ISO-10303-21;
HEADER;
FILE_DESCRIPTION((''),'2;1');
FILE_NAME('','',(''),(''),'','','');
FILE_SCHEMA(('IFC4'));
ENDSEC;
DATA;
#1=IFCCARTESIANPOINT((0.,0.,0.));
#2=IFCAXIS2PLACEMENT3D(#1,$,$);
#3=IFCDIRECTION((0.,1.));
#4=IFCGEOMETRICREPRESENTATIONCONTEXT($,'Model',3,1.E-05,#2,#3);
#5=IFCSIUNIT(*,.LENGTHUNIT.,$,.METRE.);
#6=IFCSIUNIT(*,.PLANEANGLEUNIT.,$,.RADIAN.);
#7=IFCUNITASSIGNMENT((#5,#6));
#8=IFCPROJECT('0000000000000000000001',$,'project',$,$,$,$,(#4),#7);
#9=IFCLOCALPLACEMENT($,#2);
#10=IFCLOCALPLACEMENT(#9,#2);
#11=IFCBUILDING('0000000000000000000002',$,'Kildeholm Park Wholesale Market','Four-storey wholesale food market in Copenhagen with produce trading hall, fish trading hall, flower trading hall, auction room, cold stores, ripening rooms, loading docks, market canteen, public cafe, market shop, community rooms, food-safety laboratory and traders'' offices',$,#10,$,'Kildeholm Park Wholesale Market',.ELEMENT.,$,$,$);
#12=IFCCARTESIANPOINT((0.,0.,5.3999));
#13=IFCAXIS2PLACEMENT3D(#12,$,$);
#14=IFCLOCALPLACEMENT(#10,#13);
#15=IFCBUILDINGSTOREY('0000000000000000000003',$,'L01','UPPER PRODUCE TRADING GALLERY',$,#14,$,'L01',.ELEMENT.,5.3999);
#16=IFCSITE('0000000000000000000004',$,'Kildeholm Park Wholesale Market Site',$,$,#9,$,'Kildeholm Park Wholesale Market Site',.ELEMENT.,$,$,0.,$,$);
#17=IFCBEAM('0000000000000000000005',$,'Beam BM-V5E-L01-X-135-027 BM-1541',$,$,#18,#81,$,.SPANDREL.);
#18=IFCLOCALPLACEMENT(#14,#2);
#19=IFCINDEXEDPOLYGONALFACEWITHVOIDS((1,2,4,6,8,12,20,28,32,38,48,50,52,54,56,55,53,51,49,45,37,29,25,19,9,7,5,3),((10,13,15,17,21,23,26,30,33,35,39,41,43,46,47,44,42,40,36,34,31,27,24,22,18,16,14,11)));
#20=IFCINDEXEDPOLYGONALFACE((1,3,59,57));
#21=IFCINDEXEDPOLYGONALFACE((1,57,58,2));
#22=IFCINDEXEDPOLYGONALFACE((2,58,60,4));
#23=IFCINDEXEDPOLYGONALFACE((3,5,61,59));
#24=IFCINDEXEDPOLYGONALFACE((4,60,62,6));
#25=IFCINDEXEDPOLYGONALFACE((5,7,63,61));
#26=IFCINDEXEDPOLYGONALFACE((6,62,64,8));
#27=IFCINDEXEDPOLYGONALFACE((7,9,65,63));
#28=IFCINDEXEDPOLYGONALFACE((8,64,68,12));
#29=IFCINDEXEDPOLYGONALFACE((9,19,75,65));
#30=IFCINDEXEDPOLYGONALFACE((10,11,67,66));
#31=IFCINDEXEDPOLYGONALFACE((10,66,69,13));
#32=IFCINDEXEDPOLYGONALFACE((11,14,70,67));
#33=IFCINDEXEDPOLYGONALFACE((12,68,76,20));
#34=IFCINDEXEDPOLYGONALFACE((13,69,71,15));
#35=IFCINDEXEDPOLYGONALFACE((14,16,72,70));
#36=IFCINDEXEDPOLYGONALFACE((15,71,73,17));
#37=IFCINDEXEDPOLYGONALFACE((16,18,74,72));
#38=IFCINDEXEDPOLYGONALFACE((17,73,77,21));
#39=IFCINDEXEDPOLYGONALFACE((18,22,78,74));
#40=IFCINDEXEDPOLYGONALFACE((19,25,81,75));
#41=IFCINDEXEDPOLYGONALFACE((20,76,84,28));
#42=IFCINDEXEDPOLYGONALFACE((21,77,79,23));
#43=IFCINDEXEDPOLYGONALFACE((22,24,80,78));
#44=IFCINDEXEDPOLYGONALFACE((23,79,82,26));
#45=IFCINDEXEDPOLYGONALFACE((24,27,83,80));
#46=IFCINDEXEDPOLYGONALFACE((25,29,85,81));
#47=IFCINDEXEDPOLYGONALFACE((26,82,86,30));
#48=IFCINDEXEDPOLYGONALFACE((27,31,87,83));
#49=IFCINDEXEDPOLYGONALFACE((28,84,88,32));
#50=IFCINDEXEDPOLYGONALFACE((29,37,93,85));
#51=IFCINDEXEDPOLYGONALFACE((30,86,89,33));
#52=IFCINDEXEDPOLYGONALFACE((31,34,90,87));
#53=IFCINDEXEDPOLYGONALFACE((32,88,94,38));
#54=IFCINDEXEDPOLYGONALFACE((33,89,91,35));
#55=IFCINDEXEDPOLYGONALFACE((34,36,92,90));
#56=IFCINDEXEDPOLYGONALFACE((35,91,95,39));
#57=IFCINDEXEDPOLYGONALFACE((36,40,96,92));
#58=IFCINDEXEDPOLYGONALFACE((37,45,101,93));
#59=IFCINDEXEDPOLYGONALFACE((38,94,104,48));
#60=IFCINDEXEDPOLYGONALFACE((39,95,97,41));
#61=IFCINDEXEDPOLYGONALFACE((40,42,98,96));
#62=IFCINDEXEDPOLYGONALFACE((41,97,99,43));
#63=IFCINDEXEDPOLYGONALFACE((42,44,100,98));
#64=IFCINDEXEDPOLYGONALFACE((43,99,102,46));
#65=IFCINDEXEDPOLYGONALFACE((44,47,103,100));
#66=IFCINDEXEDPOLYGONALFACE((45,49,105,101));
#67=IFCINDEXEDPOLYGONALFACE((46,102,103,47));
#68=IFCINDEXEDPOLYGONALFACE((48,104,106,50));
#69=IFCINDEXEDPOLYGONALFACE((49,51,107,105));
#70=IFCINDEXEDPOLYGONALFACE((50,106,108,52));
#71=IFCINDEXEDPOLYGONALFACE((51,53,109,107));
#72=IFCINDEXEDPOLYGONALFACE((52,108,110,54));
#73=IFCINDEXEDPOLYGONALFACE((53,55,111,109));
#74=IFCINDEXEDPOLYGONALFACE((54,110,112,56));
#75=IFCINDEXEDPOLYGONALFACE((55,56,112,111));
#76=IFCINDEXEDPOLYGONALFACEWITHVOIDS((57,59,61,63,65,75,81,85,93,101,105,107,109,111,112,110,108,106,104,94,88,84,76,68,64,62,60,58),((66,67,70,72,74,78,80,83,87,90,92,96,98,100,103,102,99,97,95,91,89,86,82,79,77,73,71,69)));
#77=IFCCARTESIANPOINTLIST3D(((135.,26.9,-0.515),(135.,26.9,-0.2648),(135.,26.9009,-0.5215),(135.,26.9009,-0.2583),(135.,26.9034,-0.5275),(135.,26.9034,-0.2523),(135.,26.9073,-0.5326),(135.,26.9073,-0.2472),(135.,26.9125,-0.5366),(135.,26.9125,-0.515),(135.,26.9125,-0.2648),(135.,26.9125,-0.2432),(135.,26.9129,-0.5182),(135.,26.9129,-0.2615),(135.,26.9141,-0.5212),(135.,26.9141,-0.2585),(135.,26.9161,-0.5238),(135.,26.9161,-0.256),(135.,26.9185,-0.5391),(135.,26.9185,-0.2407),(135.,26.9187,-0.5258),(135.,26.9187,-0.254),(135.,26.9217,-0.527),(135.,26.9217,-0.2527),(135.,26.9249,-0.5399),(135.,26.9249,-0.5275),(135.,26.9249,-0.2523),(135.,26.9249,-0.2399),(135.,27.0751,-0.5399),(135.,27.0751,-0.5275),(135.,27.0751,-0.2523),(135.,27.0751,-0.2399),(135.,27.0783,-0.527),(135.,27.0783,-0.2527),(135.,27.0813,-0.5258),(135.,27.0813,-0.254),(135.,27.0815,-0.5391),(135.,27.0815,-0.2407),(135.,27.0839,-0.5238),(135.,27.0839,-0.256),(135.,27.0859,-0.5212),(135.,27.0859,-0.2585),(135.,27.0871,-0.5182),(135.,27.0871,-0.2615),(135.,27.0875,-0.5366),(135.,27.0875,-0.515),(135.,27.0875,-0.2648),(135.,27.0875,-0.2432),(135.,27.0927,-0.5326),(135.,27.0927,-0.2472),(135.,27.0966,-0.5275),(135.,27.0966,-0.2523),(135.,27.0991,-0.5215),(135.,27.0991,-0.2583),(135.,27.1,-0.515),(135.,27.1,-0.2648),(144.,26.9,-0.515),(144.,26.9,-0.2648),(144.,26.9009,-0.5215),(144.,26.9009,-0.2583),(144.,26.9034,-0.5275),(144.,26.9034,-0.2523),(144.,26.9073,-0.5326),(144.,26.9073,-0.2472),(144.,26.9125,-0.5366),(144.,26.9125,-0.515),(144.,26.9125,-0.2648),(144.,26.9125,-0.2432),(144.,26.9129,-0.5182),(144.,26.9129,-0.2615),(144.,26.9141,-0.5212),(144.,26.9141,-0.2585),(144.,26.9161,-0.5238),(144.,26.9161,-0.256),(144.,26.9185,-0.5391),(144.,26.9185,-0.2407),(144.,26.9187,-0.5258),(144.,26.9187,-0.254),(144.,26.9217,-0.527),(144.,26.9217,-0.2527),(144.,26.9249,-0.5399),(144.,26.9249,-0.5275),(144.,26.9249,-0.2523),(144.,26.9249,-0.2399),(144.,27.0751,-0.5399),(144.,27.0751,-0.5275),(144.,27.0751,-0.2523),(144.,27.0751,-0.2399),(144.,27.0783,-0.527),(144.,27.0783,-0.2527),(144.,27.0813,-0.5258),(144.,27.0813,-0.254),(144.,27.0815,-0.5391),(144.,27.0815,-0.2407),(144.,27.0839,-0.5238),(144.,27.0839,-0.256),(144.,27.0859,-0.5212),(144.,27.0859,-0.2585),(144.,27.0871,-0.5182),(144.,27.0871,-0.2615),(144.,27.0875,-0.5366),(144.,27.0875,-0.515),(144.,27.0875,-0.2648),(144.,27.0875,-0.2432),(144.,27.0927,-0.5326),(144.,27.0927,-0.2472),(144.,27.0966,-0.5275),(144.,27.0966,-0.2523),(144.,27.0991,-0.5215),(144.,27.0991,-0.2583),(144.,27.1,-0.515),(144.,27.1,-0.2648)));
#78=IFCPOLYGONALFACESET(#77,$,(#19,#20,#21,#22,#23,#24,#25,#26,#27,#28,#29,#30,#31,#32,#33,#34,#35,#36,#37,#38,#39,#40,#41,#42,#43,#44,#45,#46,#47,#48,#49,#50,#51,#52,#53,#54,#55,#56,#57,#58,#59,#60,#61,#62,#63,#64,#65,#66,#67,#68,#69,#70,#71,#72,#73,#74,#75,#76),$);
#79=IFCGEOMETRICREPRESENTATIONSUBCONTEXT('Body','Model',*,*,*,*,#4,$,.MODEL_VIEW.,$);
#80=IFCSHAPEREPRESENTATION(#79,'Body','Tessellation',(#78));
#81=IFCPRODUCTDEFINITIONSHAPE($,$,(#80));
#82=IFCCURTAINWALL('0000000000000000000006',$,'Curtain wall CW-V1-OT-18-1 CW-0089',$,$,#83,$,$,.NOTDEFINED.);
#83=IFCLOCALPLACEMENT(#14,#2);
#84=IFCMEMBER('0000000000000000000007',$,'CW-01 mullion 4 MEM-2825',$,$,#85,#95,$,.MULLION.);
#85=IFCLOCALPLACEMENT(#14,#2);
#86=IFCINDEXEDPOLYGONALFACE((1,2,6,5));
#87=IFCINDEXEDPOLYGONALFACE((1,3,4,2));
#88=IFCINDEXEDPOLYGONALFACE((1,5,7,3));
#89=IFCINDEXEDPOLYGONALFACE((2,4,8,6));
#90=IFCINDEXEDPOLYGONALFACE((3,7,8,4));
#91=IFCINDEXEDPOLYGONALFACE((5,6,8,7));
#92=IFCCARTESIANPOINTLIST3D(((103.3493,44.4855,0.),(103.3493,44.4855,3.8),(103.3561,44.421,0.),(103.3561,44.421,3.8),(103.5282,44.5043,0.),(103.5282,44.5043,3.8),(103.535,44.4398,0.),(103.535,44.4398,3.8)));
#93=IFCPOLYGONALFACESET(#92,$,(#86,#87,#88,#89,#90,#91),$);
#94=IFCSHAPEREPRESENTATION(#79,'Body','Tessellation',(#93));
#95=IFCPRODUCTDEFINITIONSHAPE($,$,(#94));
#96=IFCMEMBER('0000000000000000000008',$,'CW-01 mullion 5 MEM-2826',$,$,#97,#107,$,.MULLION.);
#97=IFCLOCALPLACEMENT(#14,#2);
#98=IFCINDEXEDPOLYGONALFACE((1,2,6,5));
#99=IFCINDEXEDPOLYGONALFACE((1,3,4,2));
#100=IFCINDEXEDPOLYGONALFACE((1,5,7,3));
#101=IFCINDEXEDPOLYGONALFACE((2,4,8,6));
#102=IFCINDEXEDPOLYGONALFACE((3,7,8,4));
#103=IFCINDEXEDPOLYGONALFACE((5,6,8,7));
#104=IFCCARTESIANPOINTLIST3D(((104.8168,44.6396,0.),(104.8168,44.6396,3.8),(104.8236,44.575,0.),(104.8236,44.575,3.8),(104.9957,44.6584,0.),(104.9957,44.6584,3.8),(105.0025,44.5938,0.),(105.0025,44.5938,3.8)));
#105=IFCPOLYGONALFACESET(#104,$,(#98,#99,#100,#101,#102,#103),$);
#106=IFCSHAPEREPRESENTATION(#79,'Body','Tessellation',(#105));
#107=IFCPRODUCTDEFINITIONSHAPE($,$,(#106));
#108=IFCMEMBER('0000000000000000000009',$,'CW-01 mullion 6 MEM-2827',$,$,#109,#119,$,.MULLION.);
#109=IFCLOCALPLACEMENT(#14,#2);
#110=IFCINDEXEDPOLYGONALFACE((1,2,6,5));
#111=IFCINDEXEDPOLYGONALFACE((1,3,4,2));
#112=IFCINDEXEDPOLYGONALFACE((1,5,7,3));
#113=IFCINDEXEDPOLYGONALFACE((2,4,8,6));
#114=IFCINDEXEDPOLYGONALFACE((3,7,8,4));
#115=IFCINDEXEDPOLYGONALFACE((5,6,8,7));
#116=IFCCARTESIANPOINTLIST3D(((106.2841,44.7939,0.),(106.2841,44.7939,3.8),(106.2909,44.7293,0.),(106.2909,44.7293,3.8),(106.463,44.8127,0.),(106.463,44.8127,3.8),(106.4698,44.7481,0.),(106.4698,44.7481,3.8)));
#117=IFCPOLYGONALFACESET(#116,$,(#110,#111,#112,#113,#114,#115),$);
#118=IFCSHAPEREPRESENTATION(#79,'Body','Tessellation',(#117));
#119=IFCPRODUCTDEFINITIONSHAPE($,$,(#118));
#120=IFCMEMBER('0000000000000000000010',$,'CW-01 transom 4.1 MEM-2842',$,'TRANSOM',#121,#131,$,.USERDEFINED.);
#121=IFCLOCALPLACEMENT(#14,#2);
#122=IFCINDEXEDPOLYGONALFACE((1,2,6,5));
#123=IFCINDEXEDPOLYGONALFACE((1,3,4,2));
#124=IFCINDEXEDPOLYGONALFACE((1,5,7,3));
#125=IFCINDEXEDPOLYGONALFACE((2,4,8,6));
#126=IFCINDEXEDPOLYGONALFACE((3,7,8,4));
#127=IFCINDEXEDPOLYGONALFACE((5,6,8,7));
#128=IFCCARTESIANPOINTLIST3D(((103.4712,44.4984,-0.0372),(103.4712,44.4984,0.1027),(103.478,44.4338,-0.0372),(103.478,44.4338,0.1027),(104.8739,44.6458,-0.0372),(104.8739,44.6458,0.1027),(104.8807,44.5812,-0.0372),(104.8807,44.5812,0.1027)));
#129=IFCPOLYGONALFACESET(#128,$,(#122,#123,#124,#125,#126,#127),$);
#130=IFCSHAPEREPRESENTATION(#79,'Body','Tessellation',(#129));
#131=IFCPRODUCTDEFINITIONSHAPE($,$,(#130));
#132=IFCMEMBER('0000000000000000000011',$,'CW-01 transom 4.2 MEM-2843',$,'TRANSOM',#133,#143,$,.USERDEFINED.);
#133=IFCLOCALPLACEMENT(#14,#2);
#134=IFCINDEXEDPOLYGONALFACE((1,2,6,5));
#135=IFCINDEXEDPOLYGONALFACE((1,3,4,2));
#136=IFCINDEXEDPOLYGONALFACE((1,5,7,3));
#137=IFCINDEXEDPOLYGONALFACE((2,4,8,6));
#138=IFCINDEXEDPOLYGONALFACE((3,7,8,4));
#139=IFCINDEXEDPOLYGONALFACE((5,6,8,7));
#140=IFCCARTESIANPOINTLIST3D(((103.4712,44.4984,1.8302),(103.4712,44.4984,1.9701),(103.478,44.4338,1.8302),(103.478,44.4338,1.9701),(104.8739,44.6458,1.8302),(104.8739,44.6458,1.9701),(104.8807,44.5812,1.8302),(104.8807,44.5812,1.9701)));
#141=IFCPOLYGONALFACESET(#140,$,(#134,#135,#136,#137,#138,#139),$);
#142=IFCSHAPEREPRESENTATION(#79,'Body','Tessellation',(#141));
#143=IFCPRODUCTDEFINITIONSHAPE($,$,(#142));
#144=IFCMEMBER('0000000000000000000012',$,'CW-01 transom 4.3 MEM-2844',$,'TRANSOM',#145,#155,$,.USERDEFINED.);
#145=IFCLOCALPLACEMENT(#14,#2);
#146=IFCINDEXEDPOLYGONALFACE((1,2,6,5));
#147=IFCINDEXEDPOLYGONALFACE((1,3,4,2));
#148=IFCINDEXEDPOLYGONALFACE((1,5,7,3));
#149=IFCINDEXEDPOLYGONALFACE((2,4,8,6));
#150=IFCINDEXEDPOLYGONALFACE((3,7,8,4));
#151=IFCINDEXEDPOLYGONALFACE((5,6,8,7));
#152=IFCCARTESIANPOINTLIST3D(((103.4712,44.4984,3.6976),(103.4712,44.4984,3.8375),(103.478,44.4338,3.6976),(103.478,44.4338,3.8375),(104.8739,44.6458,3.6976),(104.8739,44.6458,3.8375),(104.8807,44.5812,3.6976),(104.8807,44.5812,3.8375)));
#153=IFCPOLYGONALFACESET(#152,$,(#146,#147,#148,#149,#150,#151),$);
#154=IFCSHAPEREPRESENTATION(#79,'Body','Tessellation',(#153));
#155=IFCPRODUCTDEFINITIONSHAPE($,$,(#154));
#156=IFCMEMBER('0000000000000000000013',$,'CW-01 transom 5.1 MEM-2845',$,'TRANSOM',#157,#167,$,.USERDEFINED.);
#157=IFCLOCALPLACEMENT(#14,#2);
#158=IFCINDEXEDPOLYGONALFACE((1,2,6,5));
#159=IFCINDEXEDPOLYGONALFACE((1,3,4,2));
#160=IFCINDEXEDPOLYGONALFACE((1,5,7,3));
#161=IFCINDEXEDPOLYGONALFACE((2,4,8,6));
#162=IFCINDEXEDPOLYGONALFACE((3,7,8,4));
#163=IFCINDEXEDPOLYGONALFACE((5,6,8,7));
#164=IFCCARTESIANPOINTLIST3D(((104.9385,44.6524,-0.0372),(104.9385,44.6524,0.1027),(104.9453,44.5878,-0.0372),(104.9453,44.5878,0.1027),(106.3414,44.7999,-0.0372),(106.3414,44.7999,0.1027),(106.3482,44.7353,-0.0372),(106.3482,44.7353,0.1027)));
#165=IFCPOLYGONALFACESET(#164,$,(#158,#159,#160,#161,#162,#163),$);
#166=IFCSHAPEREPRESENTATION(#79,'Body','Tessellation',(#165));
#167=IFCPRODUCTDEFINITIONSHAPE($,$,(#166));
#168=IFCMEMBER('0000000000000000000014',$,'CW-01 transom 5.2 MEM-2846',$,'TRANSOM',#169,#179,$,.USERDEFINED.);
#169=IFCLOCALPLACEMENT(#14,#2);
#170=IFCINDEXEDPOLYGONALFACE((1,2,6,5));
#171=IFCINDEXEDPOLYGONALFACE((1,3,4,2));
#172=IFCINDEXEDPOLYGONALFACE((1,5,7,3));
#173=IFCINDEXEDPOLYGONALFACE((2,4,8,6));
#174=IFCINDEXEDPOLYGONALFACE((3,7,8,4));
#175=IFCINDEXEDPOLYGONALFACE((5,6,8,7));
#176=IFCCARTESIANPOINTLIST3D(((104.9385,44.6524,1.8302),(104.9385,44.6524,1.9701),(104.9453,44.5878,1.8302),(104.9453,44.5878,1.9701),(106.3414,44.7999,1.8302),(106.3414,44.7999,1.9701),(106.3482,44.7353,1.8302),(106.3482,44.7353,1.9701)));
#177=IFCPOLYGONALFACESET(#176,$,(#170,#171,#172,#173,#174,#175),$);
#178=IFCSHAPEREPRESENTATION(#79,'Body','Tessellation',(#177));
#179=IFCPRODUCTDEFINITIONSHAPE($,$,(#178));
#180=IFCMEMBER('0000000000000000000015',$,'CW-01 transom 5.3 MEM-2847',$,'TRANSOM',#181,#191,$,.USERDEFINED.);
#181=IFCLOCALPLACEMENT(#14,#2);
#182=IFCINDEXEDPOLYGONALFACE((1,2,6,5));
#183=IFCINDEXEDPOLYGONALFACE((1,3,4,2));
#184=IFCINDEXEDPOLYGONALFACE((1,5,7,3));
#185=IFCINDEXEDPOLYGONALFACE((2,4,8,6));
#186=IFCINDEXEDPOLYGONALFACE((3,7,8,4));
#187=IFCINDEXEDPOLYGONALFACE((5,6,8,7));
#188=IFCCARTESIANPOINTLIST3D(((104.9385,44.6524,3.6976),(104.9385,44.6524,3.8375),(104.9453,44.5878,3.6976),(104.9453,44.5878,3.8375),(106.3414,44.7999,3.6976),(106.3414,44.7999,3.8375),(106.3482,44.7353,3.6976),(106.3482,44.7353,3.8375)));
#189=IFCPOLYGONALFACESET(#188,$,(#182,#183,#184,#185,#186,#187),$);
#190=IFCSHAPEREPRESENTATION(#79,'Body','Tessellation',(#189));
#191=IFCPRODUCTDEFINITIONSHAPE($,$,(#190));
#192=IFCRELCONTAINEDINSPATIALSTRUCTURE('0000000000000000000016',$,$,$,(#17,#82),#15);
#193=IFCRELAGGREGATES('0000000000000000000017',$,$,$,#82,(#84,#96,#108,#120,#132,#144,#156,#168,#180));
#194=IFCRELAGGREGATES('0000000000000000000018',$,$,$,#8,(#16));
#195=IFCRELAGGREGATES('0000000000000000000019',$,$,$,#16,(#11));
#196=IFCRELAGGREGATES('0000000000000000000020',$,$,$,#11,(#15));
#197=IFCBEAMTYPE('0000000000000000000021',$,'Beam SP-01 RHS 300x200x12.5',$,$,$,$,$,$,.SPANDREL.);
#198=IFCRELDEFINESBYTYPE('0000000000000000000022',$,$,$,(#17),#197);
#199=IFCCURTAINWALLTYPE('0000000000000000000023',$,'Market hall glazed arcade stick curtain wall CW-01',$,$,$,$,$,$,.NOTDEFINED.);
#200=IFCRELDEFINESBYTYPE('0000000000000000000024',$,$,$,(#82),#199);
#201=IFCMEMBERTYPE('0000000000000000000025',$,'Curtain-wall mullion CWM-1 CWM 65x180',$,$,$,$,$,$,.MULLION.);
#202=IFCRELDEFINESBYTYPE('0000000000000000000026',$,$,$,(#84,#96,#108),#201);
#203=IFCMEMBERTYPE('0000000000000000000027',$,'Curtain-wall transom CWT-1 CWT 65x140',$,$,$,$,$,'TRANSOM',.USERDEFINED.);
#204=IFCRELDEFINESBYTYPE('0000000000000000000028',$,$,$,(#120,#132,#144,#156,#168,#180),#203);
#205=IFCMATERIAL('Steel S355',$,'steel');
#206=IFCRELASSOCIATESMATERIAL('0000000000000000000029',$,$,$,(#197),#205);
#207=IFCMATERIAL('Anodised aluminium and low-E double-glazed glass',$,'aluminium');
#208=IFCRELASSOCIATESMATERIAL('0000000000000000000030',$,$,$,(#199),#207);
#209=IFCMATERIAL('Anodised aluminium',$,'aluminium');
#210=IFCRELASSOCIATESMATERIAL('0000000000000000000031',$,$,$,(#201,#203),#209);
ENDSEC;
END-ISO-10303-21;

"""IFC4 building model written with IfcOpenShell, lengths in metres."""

from ifc_helpers import new_model, si_unit, direction, frame, origin, origin_2d, place, context, subcontext, project, spatial, rectangle, hollow_rectangle, extrude, material, material_profile, profile_set, type_object, element, aggregate, save


model = new_model("IFC4")

# Units and contexts
model_context = context("Model", 3, precision=1e-05, world=origin(), true_north=direction((0.0, 1.0)))
body_context = subcontext(model_context, "Body", "Model", "MODEL_VIEW")
ifc_project = project(units=[si_unit("LENGTHUNIT", "METRE"), si_unit("PLANEANGLEUNIT", "RADIAN")], contexts=[model_context])

# Site, building, storey
site_placement = place(None, origin())
site = spatial("IfcSite", under=ifc_project, at=site_placement, Name="Kildeholm Park Wholesale Market Site", LongName="Kildeholm Park Wholesale Market Site", CompositionType="ELEMENT", RefElevation=0.0)
building_placement = place(site_placement, origin())
building = spatial("IfcBuilding", under=site, at=building_placement, Name="Kildeholm Park Wholesale Market", Description="Four-storey wholesale food market in Copenhagen with produce trading hall, fish trading hall, flower trading hall, auction room, cold stores, ripening rooms, loading docks, market canteen, public cafe, market shop, community rooms, food-safety laboratory and traders' offices", LongName="Kildeholm Park Wholesale Market", CompositionType="ELEMENT")
storey_placement = place(building_placement, frame((0.0, 0.0, 5.3999)))
storey = spatial("IfcBuildingStorey", under=building, at=storey_placement, Name="L01", Description="UPPER PRODUCE TRADING GALLERY", LongName="L01", CompositionType="ELEMENT", Elevation=5.3999)

# Beam
ifc_material_1 = material(Name="Steel S355", Category="steel")
ifc_material_profile_1 = material_profile(ifc_material_1, hollow_rectangle(XDim=0.2, YDim=0.3, WallThickness=0.0125, InnerFilletRadius=0.0125, OuterFilletRadius=0.0249, at=origin_2d()), Name="RHS 300x200x12.5")
ifc_profile_set_1 = profile_set([ifc_material_profile_1], Name="Steel S355")
beam_type = type_object("IfcBeamType", Name="Beam SP-01 RHS 300x200x12.5", PredefinedType="SPANDREL", material=ifc_profile_set_1)
beam_placement = place(storey_placement, frame((135.0, 27.0, -0.3899), z_axis=(1.0, 0.0, 0.0), x_axis=(0.0, 1.0, 0.0)))
element("IfcBeam", 1, at=beam_placement, inside=storey, type_object=beam_type, Name="Beam BM-V5E-L01-X-135-027 BM-1541", PredefinedType="SPANDREL", context=body_context, shape_type="SweptSolid", body=[
    extrude(hollow_rectangle(XDim=0.2, YDim=0.3, WallThickness=0.0125, InnerFilletRadius=0.0125, OuterFilletRadius=0.0249, at=origin_2d()), origin(), (0.0, 0.0, 1.0), 9.0),
])

# Curtain wall, members
ifc_material_2 = material(Name="Anodised aluminium and low-E double-glazed glass", Category="aluminium")
curtain_wall_type = type_object("IfcCurtainWallType", Name="Market hall glazed arcade stick curtain wall CW-01", PredefinedType="NOTDEFINED", material=ifc_material_2)
curtain_wall_placement = place(storey_placement, origin())
curtain_wall = element("IfcCurtainWall", 2, at=curtain_wall_placement, inside=storey, type_object=curtain_wall_type, Name="Curtain wall CW-V1-OT-18-1 CW-0089", PredefinedType="NOTDEFINED")
ifc_material_3 = material(Name="Anodised aluminium", Category="aluminium")
ifc_material_profile_2 = material_profile(ifc_material_3, rectangle(XDim=0.0649, YDim=0.1799, at=origin_2d()), Name="CWM 65x180")
ifc_profile_set_2 = profile_set([ifc_material_profile_2], Name="Anodised aluminium")
member_type_1 = type_object("IfcMemberType", Name="Curtain-wall mullion CWM-1 CWM 65x180", PredefinedType="MULLION", material=ifc_profile_set_2)
member_1_placement = place(storey_placement, frame((103.4421, 44.4626, 0.0), z_axis=(0.0, 0.0, 1.0), x_axis=(-0.104508, 0.994524, 0.0)))
member_1 = element("IfcMember", 3, at=member_1_placement, type_object=member_type_1, Name="CW-01 mullion 4 MEM-2825", PredefinedType="MULLION", context=body_context, shape_type="SweptSolid", body=[
    extrude(rectangle(XDim=0.0649, YDim=0.1799, at=origin_2d()), origin(), (0.0, 0.0, 1.0), 3.8),
])
member_2_placement = place(storey_placement, frame((104.9097, 44.6167, 0.0), z_axis=(0.0, 0.0, 1.0), x_axis=(-0.104508, 0.994524, 0.0)))
member_2 = element("IfcMember", 4, at=member_2_placement, type_object=member_type_1, Name="CW-01 mullion 5 MEM-2826", PredefinedType="MULLION", context=body_context, shape_type="SweptSolid", body=[
    extrude(rectangle(XDim=0.0649, YDim=0.1799, at=origin_2d()), origin(), (0.0, 0.0, 1.0), 3.8),
])
member_3_placement = place(storey_placement, frame((106.377, 44.771, 0.0), z_axis=(0.0, 0.0, 1.0), x_axis=(-0.104508, 0.994524, 0.0)))
member_3 = element("IfcMember", 5, at=member_3_placement, type_object=member_type_1, Name="CW-01 mullion 6 MEM-2827", PredefinedType="MULLION", context=body_context, shape_type="SweptSolid", body=[
    extrude(rectangle(XDim=0.0649, YDim=0.1799, at=origin_2d()), origin(), (0.0, 0.0, 1.0), 3.8),
])
ifc_material_profile_3 = material_profile(ifc_material_3, rectangle(XDim=0.0649, YDim=0.1399, at=origin_2d()), Name="CWT 65x140")
ifc_profile_set_3 = profile_set([ifc_material_profile_3], Name="Anodised aluminium")
member_type_2 = type_object("IfcMemberType", Name="Curtain-wall transom CWT-1 CWT 65x140", ElementType="TRANSOM", PredefinedType="USERDEFINED", material=ifc_profile_set_3)
member_4_placement = place(storey_placement, frame((103.4746, 44.4661, 0.0327), z_axis=(0.994519, 0.104559, 0.0), x_axis=(-0.104559, 0.994519, 0.0)))
member_4 = element("IfcMember", 6, at=member_4_placement, type_object=member_type_2, Name="CW-01 transom 4.1 MEM-2842", ObjectType="TRANSOM", PredefinedType="USERDEFINED", context=body_context, shape_type="SweptSolid", body=[
    extrude(rectangle(XDim=0.0649, YDim=0.1399, at=origin_2d()), origin(), (0.0, 0.0, 1.0), 1.4104),
])
member_5_placement = place(storey_placement, frame((103.4746, 44.4661, 1.9001), z_axis=(0.994519, 0.104559, 0.0), x_axis=(-0.104559, 0.994519, 0.0)))
member_5 = element("IfcMember", 7, at=member_5_placement, type_object=member_type_2, Name="CW-01 transom 4.2 MEM-2843", ObjectType="TRANSOM", PredefinedType="USERDEFINED", context=body_context, shape_type="SweptSolid", body=[
    extrude(rectangle(XDim=0.0649, YDim=0.1399, at=origin_2d()), origin(), (0.0, 0.0, 1.0), 1.4104),
])
member_6_placement = place(storey_placement, frame((103.4746, 44.4661, 3.7676), z_axis=(0.994519, 0.104559, 0.0), x_axis=(-0.104559, 0.994519, 0.0)))
member_6 = element("IfcMember", 8, at=member_6_placement, type_object=member_type_2, Name="CW-01 transom 4.3 MEM-2844", ObjectType="TRANSOM", PredefinedType="USERDEFINED", context=body_context, shape_type="SweptSolid", body=[
    extrude(rectangle(XDim=0.0649, YDim=0.1399, at=origin_2d()), origin(), (0.0, 0.0, 1.0), 1.4104),
])
member_7_placement = place(storey_placement, frame((104.9419, 44.6201, 0.0327), z_axis=(0.994521, 0.104541, 0.0), x_axis=(-0.104541, 0.994521, 0.0)))
member_7 = element("IfcMember", 9, at=member_7_placement, type_object=member_type_2, Name="CW-01 transom 5.1 MEM-2845", ObjectType="TRANSOM", PredefinedType="USERDEFINED", context=body_context, shape_type="SweptSolid", body=[
    extrude(rectangle(XDim=0.0649, YDim=0.1399, at=origin_2d()), origin(), (0.0, 0.0, 1.0), 1.4106),
])
member_8_placement = place(storey_placement, frame((104.9419, 44.6201, 1.9001), z_axis=(0.994521, 0.104541, 0.0), x_axis=(-0.104541, 0.994521, 0.0)))
member_8 = element("IfcMember", 10, at=member_8_placement, type_object=member_type_2, Name="CW-01 transom 5.2 MEM-2846", ObjectType="TRANSOM", PredefinedType="USERDEFINED", context=body_context, shape_type="SweptSolid", body=[
    extrude(rectangle(XDim=0.0649, YDim=0.1399, at=origin_2d()), origin(), (0.0, 0.0, 1.0), 1.4106),
])
member_9_placement = place(storey_placement, frame((104.9419, 44.6201, 3.7676), z_axis=(0.994521, 0.104541, 0.0), x_axis=(-0.104541, 0.994521, 0.0)))
member_9 = element("IfcMember", 11, at=member_9_placement, type_object=member_type_2, Name="CW-01 transom 5.3 MEM-2847", ObjectType="TRANSOM", PredefinedType="USERDEFINED", context=body_context, shape_type="SweptSolid", body=[
    extrude(rectangle(XDim=0.0649, YDim=0.1399, at=origin_2d()), origin(), (0.0, 0.0, 1.0), 1.4106),
])
aggregate(curtain_wall, [member_1, member_2, member_3, member_4, member_5, member_6, member_7, member_8, member_9])

save(model, "model.ifc")
